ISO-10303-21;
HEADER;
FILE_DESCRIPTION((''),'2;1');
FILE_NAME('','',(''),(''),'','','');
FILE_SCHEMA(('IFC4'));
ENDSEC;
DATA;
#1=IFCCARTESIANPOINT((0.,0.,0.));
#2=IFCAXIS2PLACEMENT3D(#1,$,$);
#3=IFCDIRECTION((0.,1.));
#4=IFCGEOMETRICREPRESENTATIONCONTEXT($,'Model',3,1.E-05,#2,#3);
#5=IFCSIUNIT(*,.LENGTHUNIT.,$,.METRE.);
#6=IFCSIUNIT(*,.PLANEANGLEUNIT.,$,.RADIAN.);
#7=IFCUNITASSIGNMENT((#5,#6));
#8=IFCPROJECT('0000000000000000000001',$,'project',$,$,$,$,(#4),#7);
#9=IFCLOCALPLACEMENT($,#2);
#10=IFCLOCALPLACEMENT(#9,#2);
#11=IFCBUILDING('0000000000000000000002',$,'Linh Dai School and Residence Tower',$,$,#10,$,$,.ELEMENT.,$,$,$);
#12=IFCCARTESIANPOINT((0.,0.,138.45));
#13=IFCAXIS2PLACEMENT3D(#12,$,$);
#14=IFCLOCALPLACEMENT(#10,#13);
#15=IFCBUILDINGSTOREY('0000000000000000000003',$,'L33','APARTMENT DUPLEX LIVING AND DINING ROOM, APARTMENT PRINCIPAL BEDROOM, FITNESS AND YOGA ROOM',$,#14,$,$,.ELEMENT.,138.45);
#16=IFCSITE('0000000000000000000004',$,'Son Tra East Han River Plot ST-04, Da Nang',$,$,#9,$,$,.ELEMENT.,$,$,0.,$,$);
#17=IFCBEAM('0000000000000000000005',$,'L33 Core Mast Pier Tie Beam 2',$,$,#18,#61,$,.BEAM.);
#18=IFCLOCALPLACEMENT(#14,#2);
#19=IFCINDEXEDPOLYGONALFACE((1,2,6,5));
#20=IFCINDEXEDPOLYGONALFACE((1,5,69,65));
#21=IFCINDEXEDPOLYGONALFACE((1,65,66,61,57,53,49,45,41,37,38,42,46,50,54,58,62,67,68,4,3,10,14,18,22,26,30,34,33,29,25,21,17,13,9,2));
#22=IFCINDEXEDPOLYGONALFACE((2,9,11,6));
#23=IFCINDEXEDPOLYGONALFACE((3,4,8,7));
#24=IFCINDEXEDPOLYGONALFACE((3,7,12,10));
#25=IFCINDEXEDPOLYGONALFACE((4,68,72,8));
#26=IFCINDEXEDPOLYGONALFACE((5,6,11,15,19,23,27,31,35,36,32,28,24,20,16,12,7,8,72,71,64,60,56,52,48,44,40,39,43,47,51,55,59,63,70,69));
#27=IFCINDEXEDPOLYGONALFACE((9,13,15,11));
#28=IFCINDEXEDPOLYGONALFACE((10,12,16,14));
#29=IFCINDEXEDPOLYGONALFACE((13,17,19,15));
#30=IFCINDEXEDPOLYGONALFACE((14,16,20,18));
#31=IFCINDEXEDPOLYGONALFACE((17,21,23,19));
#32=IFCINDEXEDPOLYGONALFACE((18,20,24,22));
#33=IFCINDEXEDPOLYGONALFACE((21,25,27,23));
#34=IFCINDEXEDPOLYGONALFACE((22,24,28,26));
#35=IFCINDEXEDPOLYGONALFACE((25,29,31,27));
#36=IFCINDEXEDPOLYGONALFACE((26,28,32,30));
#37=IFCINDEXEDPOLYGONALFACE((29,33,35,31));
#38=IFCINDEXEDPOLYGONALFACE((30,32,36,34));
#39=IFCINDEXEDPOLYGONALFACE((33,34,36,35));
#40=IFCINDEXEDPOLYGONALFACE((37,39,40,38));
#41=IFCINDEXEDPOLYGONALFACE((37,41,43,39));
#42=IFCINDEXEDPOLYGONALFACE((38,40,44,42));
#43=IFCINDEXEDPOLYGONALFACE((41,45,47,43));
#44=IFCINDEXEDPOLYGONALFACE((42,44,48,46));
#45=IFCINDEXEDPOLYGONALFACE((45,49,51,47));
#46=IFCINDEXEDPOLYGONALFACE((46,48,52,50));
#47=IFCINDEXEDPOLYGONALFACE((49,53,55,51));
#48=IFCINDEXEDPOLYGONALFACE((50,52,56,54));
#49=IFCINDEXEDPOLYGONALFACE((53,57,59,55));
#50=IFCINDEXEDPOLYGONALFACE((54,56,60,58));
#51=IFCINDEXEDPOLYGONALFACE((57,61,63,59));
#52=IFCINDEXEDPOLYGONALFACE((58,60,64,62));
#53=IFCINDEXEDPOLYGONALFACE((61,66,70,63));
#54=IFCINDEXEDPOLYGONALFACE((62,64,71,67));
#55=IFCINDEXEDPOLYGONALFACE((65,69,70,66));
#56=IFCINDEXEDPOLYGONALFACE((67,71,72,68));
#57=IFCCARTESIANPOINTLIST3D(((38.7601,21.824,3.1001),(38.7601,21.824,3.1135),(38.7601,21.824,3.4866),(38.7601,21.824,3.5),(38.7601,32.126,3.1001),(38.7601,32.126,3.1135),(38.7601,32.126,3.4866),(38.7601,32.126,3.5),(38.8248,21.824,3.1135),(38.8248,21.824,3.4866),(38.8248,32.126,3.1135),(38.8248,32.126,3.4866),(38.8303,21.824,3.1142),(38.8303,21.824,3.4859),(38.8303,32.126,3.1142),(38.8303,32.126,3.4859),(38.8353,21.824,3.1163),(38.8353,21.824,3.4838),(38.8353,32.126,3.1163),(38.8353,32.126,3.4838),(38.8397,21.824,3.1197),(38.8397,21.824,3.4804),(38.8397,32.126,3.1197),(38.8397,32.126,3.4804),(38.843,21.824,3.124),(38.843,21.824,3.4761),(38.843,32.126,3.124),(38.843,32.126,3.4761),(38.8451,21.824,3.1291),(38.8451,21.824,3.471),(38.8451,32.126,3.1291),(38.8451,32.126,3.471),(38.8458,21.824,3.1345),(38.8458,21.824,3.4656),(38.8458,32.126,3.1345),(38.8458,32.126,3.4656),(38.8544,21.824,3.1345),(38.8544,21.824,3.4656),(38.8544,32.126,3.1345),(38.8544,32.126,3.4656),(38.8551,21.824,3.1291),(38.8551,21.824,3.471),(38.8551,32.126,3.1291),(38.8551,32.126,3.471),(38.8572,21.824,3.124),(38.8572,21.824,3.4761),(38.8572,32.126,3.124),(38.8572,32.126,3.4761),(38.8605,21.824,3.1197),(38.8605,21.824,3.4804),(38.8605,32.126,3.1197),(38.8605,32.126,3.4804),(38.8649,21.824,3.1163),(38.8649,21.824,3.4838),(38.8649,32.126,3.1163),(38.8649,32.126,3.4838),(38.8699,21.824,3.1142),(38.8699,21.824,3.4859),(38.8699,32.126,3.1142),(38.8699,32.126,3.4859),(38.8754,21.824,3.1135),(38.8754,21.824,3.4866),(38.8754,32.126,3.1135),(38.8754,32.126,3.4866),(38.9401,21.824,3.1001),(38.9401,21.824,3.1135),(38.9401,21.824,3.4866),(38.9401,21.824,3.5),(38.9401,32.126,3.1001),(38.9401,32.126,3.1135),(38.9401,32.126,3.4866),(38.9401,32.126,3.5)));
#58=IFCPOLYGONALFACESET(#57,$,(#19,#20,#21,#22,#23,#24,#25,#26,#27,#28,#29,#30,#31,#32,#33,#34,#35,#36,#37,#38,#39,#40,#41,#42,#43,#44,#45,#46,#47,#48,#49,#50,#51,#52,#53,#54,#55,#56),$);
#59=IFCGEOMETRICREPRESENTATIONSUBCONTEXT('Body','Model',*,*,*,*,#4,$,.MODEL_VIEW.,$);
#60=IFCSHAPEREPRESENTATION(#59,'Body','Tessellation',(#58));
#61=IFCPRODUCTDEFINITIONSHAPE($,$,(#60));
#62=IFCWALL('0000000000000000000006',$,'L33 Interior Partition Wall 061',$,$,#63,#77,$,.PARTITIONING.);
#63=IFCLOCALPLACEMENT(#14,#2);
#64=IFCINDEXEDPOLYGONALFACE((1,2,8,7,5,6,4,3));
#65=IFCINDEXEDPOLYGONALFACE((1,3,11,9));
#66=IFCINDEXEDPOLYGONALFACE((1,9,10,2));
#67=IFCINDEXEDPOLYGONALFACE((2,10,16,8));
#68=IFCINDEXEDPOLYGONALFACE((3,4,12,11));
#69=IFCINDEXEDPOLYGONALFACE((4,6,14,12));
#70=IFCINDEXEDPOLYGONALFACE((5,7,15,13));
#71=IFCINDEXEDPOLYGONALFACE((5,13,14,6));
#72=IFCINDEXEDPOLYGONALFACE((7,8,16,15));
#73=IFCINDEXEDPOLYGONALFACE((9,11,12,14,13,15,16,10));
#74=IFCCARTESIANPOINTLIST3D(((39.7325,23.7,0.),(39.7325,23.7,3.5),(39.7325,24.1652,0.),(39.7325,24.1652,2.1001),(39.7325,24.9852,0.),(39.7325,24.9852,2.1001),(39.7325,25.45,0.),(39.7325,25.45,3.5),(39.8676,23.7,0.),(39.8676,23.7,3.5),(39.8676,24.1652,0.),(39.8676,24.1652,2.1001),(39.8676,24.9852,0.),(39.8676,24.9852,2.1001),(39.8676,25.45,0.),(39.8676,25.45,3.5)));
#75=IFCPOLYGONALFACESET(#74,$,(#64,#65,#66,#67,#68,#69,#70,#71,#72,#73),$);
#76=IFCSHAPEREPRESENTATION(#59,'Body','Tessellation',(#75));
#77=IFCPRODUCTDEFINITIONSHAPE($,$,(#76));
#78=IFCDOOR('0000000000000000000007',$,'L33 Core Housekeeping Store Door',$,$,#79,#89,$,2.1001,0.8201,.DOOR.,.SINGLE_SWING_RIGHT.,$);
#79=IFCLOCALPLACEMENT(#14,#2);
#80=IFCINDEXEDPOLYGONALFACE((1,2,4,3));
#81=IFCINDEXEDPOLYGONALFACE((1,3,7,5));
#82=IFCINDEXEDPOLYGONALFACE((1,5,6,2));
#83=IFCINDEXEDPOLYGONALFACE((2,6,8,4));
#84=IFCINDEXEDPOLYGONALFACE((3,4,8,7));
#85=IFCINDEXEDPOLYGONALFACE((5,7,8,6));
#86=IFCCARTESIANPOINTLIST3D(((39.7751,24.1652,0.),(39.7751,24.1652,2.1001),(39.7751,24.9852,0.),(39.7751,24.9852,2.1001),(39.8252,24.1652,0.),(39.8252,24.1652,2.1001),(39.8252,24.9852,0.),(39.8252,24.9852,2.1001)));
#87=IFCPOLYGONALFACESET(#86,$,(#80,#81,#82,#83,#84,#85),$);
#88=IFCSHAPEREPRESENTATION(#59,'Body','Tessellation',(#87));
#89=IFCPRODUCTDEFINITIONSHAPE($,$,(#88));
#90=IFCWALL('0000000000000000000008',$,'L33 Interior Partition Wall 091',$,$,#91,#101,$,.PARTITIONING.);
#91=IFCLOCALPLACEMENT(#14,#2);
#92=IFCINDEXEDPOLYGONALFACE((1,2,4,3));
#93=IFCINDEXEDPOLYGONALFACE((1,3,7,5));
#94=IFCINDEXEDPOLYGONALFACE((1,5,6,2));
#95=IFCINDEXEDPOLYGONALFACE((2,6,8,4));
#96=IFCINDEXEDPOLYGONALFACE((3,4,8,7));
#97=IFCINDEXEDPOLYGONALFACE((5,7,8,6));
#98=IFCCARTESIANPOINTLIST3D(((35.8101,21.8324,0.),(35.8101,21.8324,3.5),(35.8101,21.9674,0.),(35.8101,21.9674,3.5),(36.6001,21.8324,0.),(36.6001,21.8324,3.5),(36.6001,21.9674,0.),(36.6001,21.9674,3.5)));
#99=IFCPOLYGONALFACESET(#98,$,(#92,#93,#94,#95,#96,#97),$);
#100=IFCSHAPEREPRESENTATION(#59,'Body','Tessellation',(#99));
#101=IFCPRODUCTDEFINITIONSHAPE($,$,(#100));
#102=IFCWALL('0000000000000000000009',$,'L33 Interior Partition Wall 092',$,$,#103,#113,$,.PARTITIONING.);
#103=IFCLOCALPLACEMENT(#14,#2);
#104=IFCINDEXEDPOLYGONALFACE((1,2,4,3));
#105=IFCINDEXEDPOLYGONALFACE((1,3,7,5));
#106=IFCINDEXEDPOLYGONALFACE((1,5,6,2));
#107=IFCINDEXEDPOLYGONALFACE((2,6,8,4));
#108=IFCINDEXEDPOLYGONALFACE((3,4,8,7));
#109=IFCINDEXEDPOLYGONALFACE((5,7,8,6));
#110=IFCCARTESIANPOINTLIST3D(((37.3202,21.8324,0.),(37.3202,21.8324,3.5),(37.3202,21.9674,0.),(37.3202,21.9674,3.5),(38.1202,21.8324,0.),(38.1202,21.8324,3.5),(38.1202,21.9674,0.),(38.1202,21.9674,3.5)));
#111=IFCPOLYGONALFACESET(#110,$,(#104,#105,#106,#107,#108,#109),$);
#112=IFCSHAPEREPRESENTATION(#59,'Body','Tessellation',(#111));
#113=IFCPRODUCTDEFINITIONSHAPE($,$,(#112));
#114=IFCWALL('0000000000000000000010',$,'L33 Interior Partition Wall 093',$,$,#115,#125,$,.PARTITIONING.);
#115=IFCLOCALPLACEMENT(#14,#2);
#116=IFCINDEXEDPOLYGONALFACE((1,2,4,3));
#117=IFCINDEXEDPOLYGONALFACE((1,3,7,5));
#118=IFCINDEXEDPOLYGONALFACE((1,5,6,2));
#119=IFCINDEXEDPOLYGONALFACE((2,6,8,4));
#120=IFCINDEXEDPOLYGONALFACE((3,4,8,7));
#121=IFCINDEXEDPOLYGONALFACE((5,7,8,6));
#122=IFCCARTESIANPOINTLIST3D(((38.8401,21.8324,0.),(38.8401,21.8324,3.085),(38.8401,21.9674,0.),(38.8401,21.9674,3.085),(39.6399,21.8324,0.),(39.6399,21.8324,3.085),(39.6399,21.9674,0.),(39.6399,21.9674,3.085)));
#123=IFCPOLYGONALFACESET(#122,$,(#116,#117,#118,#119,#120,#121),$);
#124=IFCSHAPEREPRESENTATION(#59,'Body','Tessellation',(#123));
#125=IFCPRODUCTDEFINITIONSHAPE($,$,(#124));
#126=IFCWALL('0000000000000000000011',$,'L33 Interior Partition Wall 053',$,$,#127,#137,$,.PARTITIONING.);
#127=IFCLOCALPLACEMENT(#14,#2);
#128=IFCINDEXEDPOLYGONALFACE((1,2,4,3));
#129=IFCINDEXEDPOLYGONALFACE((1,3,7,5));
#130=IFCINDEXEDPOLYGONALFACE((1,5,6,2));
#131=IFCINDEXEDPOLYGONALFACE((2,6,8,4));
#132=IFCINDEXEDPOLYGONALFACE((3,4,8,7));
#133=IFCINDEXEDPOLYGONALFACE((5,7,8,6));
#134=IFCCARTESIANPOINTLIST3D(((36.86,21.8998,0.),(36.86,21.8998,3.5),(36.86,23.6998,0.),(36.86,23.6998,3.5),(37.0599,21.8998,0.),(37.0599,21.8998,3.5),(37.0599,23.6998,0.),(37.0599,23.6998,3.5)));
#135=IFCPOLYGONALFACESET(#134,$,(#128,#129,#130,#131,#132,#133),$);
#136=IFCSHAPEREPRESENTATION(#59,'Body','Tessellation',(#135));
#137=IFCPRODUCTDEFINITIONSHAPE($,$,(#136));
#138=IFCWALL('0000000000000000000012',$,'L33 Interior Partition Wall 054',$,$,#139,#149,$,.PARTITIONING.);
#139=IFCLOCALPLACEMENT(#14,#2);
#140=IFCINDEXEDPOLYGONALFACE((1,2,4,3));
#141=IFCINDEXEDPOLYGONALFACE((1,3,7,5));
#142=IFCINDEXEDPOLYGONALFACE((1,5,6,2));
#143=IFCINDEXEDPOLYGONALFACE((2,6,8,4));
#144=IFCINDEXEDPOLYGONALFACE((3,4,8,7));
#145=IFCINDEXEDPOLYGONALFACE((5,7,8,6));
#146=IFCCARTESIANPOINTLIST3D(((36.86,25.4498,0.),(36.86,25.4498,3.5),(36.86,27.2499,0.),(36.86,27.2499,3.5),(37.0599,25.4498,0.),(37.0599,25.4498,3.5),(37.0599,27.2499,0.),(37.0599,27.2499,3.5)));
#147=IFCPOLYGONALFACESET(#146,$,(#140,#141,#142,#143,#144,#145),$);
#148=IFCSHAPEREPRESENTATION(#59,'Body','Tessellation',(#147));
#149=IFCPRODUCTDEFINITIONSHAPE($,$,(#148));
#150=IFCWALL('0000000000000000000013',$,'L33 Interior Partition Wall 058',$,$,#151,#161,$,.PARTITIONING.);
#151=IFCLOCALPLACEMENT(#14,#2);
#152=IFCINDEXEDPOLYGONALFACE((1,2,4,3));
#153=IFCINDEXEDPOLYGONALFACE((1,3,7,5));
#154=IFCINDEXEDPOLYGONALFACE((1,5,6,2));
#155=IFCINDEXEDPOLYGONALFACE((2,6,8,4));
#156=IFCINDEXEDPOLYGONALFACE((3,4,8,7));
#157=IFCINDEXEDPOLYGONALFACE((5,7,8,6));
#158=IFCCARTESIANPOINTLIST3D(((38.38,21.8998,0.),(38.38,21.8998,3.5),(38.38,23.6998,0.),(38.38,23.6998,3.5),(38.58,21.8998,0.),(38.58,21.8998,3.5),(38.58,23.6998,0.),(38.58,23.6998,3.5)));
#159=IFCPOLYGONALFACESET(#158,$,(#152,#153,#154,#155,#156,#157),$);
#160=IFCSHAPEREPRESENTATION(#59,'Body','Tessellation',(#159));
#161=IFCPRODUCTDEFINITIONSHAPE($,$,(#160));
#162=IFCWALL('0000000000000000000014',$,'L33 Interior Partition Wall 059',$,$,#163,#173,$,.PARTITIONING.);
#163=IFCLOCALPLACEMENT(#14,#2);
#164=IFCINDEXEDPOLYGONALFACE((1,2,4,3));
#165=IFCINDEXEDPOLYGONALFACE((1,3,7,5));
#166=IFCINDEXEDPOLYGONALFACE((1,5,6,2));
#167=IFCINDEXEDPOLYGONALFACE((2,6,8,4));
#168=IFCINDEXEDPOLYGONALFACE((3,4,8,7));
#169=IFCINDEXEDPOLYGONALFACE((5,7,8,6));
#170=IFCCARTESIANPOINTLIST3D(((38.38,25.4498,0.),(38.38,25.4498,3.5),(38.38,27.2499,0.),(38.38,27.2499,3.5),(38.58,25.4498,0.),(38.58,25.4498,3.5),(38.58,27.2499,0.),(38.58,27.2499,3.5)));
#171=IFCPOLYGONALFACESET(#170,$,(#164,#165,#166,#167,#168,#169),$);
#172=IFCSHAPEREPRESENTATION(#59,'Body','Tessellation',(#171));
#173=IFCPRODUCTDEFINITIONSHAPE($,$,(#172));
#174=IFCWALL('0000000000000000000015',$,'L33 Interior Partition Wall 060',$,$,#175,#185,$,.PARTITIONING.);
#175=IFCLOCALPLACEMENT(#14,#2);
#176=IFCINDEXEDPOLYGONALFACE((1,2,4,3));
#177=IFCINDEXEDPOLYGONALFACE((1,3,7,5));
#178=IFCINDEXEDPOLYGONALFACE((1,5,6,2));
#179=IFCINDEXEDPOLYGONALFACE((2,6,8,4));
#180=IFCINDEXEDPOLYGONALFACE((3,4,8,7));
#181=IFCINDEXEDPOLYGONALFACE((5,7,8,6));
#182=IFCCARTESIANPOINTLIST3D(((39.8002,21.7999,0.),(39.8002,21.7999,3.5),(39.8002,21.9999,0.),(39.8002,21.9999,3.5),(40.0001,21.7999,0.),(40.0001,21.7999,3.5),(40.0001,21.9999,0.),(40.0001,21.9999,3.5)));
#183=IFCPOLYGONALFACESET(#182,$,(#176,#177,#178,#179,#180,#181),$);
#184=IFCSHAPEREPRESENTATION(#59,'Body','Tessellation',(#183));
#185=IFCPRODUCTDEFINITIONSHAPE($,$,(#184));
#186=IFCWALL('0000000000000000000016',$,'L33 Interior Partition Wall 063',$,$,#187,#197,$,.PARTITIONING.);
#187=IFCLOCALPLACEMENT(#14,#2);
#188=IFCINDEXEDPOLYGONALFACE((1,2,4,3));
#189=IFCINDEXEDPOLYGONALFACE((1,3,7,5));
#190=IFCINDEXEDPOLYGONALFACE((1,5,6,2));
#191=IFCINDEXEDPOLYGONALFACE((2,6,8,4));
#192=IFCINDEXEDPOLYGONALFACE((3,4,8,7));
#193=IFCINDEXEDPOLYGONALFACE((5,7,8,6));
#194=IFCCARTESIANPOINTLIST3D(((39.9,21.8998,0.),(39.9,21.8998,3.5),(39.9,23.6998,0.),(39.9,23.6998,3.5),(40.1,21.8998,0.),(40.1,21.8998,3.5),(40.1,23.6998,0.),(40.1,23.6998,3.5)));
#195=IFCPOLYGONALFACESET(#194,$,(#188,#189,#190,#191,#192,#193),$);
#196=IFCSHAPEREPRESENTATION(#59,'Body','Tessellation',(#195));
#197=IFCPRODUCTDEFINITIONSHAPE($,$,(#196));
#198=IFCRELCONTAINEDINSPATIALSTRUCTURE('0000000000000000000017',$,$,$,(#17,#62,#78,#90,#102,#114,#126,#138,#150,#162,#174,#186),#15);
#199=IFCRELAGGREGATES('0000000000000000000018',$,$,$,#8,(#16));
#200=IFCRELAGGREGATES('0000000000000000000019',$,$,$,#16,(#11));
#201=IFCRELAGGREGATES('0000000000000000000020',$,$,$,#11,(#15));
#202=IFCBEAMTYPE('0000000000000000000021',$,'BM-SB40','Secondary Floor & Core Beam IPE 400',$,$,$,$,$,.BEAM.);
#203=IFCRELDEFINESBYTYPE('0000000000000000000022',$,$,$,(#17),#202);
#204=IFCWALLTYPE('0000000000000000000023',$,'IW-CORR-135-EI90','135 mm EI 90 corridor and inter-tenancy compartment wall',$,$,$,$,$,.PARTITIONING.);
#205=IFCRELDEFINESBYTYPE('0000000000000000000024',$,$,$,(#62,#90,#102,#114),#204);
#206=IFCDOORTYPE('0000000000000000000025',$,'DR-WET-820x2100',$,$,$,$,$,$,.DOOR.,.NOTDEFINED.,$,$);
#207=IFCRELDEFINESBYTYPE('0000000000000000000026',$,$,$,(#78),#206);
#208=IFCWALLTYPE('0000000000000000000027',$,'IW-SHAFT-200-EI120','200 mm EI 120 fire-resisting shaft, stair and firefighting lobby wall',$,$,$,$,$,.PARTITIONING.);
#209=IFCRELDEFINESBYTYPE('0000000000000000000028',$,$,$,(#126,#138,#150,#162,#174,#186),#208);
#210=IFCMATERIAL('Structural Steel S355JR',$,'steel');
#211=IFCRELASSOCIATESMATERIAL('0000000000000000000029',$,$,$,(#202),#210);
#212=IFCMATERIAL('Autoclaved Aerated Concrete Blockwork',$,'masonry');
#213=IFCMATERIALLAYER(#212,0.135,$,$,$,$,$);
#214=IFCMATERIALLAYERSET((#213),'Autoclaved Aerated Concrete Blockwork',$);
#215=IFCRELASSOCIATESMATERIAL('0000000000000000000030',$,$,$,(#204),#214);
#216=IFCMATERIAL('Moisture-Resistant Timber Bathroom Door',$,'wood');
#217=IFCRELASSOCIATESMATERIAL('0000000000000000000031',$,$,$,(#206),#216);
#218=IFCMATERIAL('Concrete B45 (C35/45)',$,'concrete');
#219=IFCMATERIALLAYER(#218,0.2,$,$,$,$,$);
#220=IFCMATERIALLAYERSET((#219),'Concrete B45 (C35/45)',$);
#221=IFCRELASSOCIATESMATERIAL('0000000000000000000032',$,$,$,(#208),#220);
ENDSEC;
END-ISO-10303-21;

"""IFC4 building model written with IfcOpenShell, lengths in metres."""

from ifc_helpers import new_model, si_unit, direction, frame, frame_2d, origin, origin_2d, place, context, subcontext, project, spatial, rectangle, i_section, extrude, source, transform, mapped, material, layer, layer_set, material_profile, profile_set, type_object, element, fill, save


model = new_model("IFC4")

# Units and contexts
model_context = context("Model", 3, precision=1e-05, world=origin(), true_north=direction((0.0, 1.0)))
body_context = subcontext(model_context, "Body", "Model", "MODEL_VIEW")
ifc_project = project(units=[si_unit("LENGTHUNIT", "METRE"), si_unit("PLANEANGLEUNIT", "RADIAN")], contexts=[model_context])

# Site, building, storey
site_placement = place(None, origin())
site = spatial("IfcSite", under=ifc_project, at=site_placement, Name="Son Tra East Han River Plot ST-04, Da Nang", CompositionType="ELEMENT", RefElevation=0.0)
building_placement = place(site_placement, origin())
building = spatial("IfcBuilding", under=site, at=building_placement, Name="Linh Dai School and Residence Tower", CompositionType="ELEMENT")
storey_placement = place(building_placement, frame((0.0, 0.0, 138.45)))
storey = spatial("IfcBuildingStorey", under=building, at=storey_placement, Name="L33", Description="APARTMENT DUPLEX LIVING AND DINING ROOM, APARTMENT PRINCIPAL BEDROOM, FITNESS AND YOGA ROOM", CompositionType="ELEMENT", Elevation=138.45)

# Shared definitions
ifc_material_1 = material(Name="Structural Steel S355JR", Category="steel")

# Beam
ifc_material_profile_1 = material_profile(ifc_material_1, i_section(OverallWidth=0.1799, OverallDepth=0.3999, WebThickness=0.0085, FlangeThickness=0.0134, FilletRadius=0.021, at=origin_2d()), Name="IPE 400")
ifc_profile_set_1 = profile_set([ifc_material_profile_1], Name="Structural Steel S355JR")
beam_type = type_object("IfcBeamType", Name="BM-SB40", Description="Secondary Floor & Core Beam IPE 400", PredefinedType="BEAM", material=ifc_profile_set_1)
beam_placement = place(storey_placement, frame((38.8501, 21.824, 3.3), z_axis=(0.0, 1.0, 0.0), x_axis=(-1.0, 0.0, 0.0)))
element("IfcBeam", 1, at=beam_placement, inside=storey, type_object=beam_type, Name="L33 Core Mast Pier Tie Beam 2", PredefinedType="BEAM", context=body_context, shape_type="SweptSolid", body=[
    extrude(i_section(OverallWidth=0.1799, OverallDepth=0.3999, WebThickness=0.0085, FlangeThickness=0.0134, FilletRadius=0.021, at=origin_2d()), origin(), (0.0, 0.0, 1.0), 10.302),
])

# Wall, opening, door
ifc_material_2 = material(Name="Autoclaved Aerated Concrete Blockwork", Category="masonry")
ifc_layer_1 = layer(ifc_material_2, 0.135)
ifc_layer_set_1 = layer_set([ifc_layer_1], Name="Autoclaved Aerated Concrete Blockwork")
wall_type_1 = type_object("IfcWallType", Name="IW-CORR-135-EI90", Description="135 mm EI 90 corridor and inter-tenancy compartment wall", PredefinedType="PARTITIONING", material=ifc_layer_set_1)
wall_1_placement = place(storey_placement, frame((39.8, 23.7, 0.0), z_axis=(0.0, 0.0, 1.0), x_axis=(0.0, 1.0, 0.0)))
wall_1 = element("IfcWall", 2, at=wall_1_placement, inside=storey, type_object=wall_type_1, Name="L33 Interior Partition Wall 061", PredefinedType="PARTITIONING", context=body_context, shape_type="SweptSolid", body=[
    extrude(rectangle(XDim=1.75, YDim=0.135, at=frame_2d((0.875, 0.0))), origin(), (0.0, 0.0, 1.0), 3.5),
])
opening_placement = place(wall_1_placement, frame((0.4651, 0.0, 0.0)))
opening = element("IfcOpeningElement", 3, at=opening_placement, cuts=wall_1, PredefinedType="OPENING", context=body_context, shape_type="SweptSolid", body=[
    extrude(rectangle(XDim=0.8201, YDim=2.1001, at=origin_2d()), frame((0.4102, 0.0776, 1.05), z_axis=(0.0, -1.0, 0.0), x_axis=(1.0, 0.0, 0.0)), (0.0, 0.0, 1.0), 0.155),
])
ifc_material_3 = material(Name="Moisture-Resistant Timber Bathroom Door", Category="wood")
door_type = type_object("IfcDoorType", Name="DR-WET-820x2100", OperationType="NOTDEFINED", PredefinedType="DOOR", material=ifc_material_3)
shared_shape_1 = source(origin(), body_context, "Body", "SweptSolid", [
    extrude(rectangle(XDim=0.8201, YDim=2.1001, at=origin_2d()), frame((0.4102, 0.0249, 1.05), z_axis=(0.0, -1.0, 0.0), x_axis=(1.0, 0.0, 0.0)), (0.0, 0.0, 1.0), 0.05),
])
door_placement = place(opening_placement, origin())
door = element("IfcDoor", 4, at=door_placement, inside=storey, type_object=door_type, Name="L33 Core Housekeeping Store Door", OperationType="SINGLE_SWING_RIGHT", OverallHeight=2.1001, OverallWidth=0.8201, PredefinedType="DOOR", context=body_context, shape_type="MappedRepresentation", body=[
    mapped(shared_shape_1, transform((0.0, 0.0, 0.0), x_axis=(1.0, 0.0, 0.0), y_axis=(0.0, 1.0, 0.0), z_axis=(0.0, 0.0, 1.0), scale=1.0)),
])
fill(opening, door)

# Walls
wall_2_placement = place(storey_placement, frame((36.6001, 21.8999, 0.0), z_axis=(0.0, 0.0, 1.0), x_axis=(-1.0, 0.0, 0.0)))
element("IfcWall", 5, at=wall_2_placement, inside=storey, type_object=wall_type_1, Name="L33 Interior Partition Wall 091", PredefinedType="PARTITIONING", context=body_context, shape_type="SweptSolid", body=[
    extrude(rectangle(XDim=0.79, YDim=0.135, at=frame_2d((0.395, 0.0))), origin(), (0.0, 0.0, 1.0), 3.5),
])
wall_3_placement = place(storey_placement, frame((38.1201, 21.8999, 0.0), z_axis=(0.0, 0.0, 1.0), x_axis=(-1.0, 0.0, 0.0)))
element("IfcWall", 6, at=wall_3_placement, inside=storey, type_object=wall_type_1, Name="L33 Interior Partition Wall 092", PredefinedType="PARTITIONING", context=body_context, shape_type="SweptSolid", body=[
    extrude(rectangle(XDim=0.8, YDim=0.135, at=frame_2d((0.3999, 0.0))), origin(), (0.0, 0.0, 1.0), 3.5),
])
wall_4_placement = place(storey_placement, frame((39.6399, 21.8999, 0.0), z_axis=(0.0, 0.0, 1.0), x_axis=(-1.0, 0.0, 0.0)))
element("IfcWall", 7, at=wall_4_placement, inside=storey, type_object=wall_type_1, Name="L33 Interior Partition Wall 093", PredefinedType="PARTITIONING", context=body_context, shape_type="SweptSolid", body=[
    extrude(rectangle(XDim=0.7998, YDim=0.135, at=frame_2d((0.3999, 0.0))), origin(), (0.0, 0.0, 1.0), 3.085),
])
ifc_material_4 = material(Name="Concrete B45 (C35/45)", Category="concrete")
ifc_layer_2 = layer(ifc_material_4, 0.2)
ifc_layer_set_2 = layer_set([ifc_layer_2], Name="Concrete B45 (C35/45)")
wall_type_2 = type_object("IfcWallType", Name="IW-SHAFT-200-EI120", Description="200 mm EI 120 fire-resisting shaft, stair and firefighting lobby wall", PredefinedType="PARTITIONING", material=ifc_layer_set_2)
for number, where, z_axis, x_axis, name in (
    (8, (36.96, 21.8999, 0.0), (0.0, 0.0, 1.0), (0.0, 1.0, 0.0), "L33 Interior Partition Wall 053"),
    (9, (36.96, 25.45, 0.0), (0.0, 0.0, 1.0), (0.0, 1.0, 0.0), "L33 Interior Partition Wall 054"),
    (10, (38.48, 21.8999, 0.0), (0.0, 0.0, 1.0), (0.0, 1.0, 0.0), "L33 Interior Partition Wall 058"),
    (11, (38.48, 25.45, 0.0), (0.0, 0.0, 1.0), (0.0, 1.0, 0.0), "L33 Interior Partition Wall 059"),
):
    element("IfcWall", number, at=place(storey_placement, frame(where, z_axis=z_axis, x_axis=x_axis)), inside=storey, type_object=wall_type_2, Name=name, PredefinedType="PARTITIONING", context=body_context, shape_type="SweptSolid", body=[
        extrude(rectangle(XDim=1.8, YDim=0.2, at=frame_2d((0.8999, 0.0))), origin(), (0.0, 0.0, 1.0), 3.5),
    ])
wall_5_placement = place(storey_placement, frame((39.8, 21.8999, 0.0), z_axis=(0.0, 0.0, 1.0), x_axis=(1.0, 0.0, 0.0)))
element("IfcWall", 12, at=wall_5_placement, inside=storey, type_object=wall_type_2, Name="L33 Interior Partition Wall 060", PredefinedType="PARTITIONING", context=body_context, shape_type="SweptSolid", body=[
    extrude(rectangle(XDim=0.2, YDim=0.2, at=frame_2d((0.1001, 0.0))), origin(), (0.0, 0.0, 1.0), 3.5),
])
wall_6_placement = place(storey_placement, frame((40.0, 21.8999, 0.0), z_axis=(0.0, 0.0, 1.0), x_axis=(0.0, 1.0, 0.0)))
element("IfcWall", 13, at=wall_6_placement, inside=storey, type_object=wall_type_2, Name="L33 Interior Partition Wall 063", PredefinedType="PARTITIONING", context=body_context, shape_type="SweptSolid", body=[
    extrude(rectangle(XDim=1.8, YDim=0.2, at=frame_2d((0.8999, 0.0))), origin(), (0.0, 0.0, 1.0), 3.5),
])

save(model, "model.ifc")
